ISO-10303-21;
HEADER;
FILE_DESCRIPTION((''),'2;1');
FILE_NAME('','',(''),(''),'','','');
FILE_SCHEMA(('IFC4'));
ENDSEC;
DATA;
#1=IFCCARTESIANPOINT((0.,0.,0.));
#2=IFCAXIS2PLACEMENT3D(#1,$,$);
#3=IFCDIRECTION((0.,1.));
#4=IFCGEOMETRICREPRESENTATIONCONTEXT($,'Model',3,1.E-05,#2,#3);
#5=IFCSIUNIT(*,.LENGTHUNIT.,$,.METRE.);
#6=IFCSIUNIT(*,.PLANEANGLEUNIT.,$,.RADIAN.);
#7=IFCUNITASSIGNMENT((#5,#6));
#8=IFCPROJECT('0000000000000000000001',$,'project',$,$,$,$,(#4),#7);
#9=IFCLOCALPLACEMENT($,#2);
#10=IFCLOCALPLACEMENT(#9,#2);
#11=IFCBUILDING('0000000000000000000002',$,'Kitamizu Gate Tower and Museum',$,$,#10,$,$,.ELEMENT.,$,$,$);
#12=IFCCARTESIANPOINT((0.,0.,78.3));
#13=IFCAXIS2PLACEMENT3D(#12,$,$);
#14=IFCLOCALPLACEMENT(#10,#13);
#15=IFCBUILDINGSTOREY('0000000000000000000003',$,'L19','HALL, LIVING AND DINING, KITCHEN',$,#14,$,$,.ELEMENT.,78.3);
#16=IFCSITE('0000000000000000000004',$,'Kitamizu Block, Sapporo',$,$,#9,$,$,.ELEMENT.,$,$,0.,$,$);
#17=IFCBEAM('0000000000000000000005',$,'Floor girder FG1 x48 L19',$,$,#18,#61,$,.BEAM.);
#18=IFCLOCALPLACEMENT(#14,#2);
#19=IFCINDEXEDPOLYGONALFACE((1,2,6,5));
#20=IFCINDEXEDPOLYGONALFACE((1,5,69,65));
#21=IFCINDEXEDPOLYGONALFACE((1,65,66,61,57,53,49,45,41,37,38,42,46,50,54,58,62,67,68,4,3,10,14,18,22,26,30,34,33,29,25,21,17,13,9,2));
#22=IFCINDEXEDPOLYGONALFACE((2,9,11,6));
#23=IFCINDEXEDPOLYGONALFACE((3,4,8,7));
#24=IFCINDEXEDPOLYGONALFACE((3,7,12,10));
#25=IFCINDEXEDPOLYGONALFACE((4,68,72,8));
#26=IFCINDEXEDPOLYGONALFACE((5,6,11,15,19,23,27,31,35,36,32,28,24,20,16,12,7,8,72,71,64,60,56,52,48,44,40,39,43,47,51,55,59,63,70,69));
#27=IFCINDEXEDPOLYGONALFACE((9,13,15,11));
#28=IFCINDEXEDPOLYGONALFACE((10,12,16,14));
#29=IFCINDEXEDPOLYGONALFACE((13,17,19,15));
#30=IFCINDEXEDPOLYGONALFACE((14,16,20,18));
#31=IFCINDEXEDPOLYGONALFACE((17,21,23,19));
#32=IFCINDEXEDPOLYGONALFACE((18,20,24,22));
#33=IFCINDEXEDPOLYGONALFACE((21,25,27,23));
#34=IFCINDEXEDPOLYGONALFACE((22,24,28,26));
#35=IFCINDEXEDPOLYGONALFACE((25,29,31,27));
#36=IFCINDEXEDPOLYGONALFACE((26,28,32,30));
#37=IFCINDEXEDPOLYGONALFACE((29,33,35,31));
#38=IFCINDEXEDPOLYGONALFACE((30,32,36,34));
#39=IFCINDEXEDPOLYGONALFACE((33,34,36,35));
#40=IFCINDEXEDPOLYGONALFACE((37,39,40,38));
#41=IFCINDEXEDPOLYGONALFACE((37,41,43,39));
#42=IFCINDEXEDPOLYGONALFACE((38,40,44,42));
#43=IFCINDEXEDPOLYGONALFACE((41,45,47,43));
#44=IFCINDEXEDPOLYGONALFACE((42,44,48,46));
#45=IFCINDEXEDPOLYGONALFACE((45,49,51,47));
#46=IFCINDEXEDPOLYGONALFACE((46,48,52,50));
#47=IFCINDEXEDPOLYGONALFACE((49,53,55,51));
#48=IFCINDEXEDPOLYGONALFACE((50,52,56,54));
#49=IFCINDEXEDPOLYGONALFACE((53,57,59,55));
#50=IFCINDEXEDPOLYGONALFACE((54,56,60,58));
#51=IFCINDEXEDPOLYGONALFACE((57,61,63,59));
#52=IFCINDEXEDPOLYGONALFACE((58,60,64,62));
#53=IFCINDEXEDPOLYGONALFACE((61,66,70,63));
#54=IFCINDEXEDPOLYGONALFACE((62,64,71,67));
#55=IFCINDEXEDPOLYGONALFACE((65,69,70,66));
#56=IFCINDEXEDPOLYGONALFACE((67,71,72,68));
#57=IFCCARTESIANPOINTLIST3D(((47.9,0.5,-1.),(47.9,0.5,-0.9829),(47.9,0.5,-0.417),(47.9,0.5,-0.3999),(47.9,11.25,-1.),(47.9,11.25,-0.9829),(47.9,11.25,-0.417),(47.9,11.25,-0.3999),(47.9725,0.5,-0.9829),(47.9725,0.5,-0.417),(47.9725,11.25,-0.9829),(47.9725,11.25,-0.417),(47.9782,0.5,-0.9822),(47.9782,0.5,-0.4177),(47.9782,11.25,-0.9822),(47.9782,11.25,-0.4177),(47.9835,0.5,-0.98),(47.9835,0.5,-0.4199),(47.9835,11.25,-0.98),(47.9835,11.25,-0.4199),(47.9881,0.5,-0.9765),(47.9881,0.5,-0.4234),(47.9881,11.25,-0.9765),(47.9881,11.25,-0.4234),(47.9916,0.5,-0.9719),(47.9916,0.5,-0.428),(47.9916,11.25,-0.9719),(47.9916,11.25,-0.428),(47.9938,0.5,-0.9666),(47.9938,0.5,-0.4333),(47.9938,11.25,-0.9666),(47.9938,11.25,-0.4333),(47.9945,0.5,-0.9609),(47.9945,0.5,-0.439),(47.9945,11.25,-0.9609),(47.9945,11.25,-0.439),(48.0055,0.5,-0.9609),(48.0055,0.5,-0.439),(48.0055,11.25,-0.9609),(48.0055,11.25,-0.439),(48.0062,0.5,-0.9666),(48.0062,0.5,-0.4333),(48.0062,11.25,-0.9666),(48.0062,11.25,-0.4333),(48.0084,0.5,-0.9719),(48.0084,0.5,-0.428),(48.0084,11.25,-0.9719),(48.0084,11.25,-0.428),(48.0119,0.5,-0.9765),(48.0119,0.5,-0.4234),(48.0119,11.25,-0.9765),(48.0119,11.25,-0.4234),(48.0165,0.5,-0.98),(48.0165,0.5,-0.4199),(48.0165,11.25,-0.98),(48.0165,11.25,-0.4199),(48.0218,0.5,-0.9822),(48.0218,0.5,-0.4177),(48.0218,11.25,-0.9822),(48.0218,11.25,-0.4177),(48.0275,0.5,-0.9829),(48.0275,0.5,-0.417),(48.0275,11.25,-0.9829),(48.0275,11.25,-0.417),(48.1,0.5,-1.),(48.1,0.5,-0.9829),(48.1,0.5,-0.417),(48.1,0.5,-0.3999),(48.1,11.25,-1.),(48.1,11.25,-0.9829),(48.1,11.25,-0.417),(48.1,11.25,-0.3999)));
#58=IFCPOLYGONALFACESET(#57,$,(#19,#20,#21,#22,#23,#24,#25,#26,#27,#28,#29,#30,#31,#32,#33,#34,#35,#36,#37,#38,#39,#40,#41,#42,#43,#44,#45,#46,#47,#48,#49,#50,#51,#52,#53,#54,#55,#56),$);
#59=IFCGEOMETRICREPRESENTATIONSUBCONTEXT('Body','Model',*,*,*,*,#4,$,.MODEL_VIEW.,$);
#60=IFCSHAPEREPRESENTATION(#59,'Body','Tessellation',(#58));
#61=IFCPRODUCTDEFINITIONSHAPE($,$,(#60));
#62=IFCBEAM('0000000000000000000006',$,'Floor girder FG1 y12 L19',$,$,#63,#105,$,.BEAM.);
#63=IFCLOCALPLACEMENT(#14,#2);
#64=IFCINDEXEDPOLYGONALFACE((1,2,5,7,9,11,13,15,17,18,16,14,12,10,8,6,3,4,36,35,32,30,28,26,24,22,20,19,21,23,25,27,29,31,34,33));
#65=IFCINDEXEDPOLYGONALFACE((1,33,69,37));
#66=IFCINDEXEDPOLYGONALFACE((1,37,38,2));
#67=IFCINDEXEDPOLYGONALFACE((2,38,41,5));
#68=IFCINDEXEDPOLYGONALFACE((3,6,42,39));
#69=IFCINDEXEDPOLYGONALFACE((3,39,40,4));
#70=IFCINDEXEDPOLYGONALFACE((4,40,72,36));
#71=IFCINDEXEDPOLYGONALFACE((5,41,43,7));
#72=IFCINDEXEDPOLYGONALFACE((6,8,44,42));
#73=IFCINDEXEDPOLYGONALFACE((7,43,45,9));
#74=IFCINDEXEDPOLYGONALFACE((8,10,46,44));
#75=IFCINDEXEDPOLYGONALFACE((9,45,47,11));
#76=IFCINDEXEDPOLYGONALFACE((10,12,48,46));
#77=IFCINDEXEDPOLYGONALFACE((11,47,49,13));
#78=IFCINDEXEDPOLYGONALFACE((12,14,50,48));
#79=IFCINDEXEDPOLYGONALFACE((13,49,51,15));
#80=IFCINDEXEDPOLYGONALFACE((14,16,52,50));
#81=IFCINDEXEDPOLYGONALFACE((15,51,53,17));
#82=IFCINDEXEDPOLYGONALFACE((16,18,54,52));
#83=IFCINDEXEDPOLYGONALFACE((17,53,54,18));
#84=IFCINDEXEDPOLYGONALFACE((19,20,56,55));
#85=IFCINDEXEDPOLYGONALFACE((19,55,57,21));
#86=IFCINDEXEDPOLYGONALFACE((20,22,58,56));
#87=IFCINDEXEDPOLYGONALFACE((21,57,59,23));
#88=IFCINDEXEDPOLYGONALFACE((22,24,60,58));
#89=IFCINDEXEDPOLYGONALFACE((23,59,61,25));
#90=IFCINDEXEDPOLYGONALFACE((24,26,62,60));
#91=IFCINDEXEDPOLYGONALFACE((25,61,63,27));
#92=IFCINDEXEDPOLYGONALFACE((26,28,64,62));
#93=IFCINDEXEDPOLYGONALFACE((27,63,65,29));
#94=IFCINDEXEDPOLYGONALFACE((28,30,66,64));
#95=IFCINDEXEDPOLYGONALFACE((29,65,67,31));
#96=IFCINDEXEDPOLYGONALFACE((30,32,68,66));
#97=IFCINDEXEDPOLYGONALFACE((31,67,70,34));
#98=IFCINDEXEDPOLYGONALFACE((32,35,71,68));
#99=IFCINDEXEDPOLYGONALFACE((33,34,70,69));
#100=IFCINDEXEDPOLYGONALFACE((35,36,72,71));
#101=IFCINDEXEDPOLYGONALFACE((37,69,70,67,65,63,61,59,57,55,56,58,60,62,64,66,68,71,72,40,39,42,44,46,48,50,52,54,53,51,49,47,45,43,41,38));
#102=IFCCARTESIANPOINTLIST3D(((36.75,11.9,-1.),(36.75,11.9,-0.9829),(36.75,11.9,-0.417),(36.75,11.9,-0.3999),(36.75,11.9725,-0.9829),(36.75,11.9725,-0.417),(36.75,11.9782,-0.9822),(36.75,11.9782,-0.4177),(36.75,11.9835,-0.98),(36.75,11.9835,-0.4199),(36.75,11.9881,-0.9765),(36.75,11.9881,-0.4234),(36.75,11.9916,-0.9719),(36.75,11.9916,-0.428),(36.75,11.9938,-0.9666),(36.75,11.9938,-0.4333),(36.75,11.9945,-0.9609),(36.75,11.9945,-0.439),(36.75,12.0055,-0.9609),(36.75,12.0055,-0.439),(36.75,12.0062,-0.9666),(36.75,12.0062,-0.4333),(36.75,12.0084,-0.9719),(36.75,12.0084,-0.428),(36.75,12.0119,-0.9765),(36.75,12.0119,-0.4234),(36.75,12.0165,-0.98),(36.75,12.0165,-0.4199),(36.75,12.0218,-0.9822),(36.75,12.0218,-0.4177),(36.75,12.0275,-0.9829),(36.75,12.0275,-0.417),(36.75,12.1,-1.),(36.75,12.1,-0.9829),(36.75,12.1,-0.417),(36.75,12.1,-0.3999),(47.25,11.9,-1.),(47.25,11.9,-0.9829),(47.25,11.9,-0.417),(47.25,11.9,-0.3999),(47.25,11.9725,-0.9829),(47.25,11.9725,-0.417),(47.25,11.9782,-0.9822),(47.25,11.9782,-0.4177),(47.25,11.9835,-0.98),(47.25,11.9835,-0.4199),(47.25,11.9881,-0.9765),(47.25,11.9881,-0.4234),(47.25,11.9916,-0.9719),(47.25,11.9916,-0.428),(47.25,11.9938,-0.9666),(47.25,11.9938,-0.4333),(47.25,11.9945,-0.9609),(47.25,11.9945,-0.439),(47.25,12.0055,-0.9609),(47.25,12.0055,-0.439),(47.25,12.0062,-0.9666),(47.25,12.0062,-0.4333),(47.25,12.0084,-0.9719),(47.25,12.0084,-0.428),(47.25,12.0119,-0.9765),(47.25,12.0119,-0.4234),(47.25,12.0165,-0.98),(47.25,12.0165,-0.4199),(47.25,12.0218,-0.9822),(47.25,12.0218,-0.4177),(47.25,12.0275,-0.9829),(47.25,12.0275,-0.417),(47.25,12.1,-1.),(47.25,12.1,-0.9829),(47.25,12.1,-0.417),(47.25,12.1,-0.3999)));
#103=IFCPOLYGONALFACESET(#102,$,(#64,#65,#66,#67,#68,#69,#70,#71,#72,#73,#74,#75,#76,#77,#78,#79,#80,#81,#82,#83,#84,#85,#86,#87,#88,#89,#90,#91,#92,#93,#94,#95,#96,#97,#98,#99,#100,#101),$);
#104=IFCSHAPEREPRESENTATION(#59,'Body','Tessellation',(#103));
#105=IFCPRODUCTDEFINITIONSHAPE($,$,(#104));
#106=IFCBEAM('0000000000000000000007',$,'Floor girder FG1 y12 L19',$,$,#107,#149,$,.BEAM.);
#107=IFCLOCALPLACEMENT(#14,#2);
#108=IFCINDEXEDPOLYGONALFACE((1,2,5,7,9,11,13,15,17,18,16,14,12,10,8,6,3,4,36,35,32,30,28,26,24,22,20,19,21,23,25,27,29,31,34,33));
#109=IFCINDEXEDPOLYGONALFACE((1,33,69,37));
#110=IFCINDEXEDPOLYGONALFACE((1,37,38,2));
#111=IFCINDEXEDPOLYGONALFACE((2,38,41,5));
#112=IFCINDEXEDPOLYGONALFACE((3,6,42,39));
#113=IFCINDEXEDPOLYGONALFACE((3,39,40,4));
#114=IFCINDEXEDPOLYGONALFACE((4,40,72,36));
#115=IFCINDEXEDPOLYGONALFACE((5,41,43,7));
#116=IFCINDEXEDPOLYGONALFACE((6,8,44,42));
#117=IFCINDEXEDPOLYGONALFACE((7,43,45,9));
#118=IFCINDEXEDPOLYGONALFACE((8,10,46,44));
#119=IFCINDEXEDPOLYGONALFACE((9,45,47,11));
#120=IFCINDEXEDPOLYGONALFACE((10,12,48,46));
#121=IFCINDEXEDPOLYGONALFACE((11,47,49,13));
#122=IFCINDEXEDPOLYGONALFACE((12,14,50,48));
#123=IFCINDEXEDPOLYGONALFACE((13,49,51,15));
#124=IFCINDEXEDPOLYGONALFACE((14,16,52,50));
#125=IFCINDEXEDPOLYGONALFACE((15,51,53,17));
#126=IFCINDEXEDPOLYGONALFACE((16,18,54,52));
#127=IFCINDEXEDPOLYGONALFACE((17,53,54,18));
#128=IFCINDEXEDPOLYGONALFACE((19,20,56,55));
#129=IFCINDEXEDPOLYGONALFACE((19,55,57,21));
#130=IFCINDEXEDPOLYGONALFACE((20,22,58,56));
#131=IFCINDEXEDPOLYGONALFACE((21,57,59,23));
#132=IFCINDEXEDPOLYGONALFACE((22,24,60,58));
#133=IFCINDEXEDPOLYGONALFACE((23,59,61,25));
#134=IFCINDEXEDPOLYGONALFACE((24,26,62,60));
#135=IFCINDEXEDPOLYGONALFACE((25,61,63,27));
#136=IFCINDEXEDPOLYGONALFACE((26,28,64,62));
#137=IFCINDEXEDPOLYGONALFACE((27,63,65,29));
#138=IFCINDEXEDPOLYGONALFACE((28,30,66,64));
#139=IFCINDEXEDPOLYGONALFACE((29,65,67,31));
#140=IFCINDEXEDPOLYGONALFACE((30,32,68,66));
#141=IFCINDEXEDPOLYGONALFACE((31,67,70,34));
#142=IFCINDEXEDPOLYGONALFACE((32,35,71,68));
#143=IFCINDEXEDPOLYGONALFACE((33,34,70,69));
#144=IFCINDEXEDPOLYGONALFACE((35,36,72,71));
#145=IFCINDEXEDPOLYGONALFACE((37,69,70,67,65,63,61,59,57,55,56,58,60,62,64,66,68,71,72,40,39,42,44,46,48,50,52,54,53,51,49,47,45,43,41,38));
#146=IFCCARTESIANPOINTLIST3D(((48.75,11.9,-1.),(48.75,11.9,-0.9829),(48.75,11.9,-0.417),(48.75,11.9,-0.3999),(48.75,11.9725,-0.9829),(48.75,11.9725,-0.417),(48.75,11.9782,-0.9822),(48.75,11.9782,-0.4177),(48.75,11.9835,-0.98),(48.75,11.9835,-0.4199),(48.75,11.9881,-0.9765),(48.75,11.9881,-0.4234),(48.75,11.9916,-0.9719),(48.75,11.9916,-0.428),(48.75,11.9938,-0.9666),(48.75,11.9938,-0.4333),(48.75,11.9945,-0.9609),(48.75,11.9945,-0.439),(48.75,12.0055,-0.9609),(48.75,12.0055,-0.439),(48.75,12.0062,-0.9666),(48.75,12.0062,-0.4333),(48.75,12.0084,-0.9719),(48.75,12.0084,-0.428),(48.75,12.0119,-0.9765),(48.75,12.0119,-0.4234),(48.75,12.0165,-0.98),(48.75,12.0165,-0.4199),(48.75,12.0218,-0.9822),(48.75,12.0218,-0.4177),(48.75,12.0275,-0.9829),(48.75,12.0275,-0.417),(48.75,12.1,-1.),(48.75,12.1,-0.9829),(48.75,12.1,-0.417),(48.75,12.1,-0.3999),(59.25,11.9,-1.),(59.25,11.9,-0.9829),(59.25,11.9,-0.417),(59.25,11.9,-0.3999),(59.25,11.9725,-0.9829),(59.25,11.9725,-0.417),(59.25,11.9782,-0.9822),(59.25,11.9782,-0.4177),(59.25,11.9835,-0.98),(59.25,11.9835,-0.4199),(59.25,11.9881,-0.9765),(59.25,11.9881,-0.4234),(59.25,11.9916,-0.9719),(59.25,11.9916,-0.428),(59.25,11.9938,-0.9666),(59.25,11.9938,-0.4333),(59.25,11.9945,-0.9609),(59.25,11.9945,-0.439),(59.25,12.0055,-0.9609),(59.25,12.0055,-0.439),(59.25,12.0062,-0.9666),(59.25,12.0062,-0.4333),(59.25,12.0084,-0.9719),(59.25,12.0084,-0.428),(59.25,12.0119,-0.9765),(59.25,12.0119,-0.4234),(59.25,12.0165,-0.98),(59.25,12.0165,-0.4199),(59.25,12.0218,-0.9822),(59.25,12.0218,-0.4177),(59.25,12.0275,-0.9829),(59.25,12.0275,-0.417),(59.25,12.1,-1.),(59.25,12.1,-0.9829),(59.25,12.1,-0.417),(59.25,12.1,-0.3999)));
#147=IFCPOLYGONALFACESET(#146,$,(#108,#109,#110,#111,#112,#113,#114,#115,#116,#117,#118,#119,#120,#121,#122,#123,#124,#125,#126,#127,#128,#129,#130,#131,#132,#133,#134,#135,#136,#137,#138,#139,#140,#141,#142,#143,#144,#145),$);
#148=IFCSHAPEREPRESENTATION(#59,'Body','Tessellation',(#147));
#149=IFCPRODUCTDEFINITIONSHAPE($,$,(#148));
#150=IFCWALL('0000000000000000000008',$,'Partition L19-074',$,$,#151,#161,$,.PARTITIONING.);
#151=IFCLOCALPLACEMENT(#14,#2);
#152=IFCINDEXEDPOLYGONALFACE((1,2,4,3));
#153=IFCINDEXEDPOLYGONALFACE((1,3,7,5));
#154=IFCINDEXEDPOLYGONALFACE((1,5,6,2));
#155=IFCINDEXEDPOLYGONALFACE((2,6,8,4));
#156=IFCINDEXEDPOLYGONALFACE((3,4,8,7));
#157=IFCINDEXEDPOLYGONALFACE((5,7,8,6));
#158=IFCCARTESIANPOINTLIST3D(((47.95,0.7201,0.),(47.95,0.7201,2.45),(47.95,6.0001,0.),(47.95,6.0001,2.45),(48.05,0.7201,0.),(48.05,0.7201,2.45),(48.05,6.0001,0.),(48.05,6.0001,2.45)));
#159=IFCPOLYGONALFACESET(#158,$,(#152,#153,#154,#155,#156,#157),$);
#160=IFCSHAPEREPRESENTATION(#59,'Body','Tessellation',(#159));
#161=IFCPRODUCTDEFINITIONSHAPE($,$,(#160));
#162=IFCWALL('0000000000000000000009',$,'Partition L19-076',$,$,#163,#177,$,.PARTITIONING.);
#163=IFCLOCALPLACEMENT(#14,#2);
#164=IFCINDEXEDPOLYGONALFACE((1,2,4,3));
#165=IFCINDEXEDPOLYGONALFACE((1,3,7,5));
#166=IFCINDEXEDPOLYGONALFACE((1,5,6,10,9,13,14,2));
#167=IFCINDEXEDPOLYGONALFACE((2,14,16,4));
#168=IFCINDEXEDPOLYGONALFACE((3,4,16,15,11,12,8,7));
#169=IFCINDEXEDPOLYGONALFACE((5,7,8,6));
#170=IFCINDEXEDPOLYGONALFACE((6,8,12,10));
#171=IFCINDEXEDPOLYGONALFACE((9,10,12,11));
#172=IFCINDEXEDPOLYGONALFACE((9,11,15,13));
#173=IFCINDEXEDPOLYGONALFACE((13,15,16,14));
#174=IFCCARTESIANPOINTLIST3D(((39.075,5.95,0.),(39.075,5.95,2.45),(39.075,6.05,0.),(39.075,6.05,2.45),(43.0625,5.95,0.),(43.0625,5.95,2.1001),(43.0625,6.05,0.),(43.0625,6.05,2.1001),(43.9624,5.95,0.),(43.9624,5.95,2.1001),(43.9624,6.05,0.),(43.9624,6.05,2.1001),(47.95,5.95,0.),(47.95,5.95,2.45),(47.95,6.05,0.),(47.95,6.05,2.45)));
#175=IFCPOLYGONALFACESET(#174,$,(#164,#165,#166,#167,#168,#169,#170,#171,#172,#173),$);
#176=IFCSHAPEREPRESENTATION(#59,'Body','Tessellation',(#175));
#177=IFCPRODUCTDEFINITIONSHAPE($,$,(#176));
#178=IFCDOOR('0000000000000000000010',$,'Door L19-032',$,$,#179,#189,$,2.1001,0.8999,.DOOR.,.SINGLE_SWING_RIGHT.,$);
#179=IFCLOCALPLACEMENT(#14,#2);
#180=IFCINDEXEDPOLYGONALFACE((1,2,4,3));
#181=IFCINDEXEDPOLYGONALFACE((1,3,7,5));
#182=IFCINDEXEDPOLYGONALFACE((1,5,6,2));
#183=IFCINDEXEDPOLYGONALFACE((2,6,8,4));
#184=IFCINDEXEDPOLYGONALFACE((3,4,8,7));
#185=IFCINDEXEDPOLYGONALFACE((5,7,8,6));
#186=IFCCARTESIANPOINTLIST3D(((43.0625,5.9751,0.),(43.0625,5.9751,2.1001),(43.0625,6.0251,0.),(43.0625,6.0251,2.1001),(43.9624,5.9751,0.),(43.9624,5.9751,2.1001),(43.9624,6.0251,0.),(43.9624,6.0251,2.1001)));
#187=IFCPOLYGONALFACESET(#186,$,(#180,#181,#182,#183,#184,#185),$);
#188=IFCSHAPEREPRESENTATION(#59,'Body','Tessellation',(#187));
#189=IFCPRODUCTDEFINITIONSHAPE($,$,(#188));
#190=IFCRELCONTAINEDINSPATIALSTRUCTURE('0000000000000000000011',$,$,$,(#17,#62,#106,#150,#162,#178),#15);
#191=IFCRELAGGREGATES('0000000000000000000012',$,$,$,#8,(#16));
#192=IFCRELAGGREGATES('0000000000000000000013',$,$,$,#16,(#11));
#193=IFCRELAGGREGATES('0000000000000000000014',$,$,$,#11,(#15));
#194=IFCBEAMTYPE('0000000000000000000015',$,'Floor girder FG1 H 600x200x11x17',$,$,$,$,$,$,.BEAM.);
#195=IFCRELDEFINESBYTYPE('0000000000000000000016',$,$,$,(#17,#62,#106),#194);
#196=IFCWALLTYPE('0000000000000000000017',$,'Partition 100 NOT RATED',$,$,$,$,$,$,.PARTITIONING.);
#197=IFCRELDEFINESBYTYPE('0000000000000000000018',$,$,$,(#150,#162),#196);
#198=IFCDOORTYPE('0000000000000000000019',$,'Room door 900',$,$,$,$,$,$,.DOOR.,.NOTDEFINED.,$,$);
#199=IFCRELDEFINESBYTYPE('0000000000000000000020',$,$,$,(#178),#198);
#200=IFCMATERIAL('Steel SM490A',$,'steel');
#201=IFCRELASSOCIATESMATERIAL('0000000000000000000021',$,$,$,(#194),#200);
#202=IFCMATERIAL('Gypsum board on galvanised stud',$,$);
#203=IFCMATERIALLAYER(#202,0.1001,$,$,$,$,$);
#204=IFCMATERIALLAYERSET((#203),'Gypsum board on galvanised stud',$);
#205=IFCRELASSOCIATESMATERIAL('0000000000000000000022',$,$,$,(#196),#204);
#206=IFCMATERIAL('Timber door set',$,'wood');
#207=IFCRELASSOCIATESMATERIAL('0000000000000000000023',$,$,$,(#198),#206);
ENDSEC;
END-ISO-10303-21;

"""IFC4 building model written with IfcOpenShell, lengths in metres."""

from ifc_helpers import new_model, si_unit, direction, frame, frame_2d, origin, origin_2d, place, context, subcontext, project, spatial, rectangle, i_section, extrude, material, layer, layer_set, material_profile, profile_set, type_object, element, fill, save


model = new_model("IFC4")

# Units and contexts
model_context = context("Model", 3, precision=1e-05, world=origin(), true_north=direction((0.0, 1.0)))
body_context = subcontext(model_context, "Body", "Model", "MODEL_VIEW")
ifc_project = project(units=[si_unit("LENGTHUNIT", "METRE"), si_unit("PLANEANGLEUNIT", "RADIAN")], contexts=[model_context])

# Site, building, storey
site_placement = place(None, origin())
site = spatial("IfcSite", under=ifc_project, at=site_placement, Name="Kitamizu Block, Sapporo", CompositionType="ELEMENT", RefElevation=0.0)
building_placement = place(site_placement, origin())
building = spatial("IfcBuilding", under=site, at=building_placement, Name="Kitamizu Gate Tower and Museum", CompositionType="ELEMENT")
storey_placement = place(building_placement, frame((0.0, 0.0, 78.3)))
storey = spatial("IfcBuildingStorey", under=building, at=storey_placement, Name="L19", Description="HALL, LIVING AND DINING, KITCHEN", CompositionType="ELEMENT", Elevation=78.3)

# Beams
ifc_material_1 = material(Name="Steel SM490A", Category="steel")
ifc_material_profile_1 = material_profile(ifc_material_1, i_section(OverallWidth=0.2, OverallDepth=0.6001, WebThickness=0.011, FlangeThickness=0.0171, FilletRadius=0.022, at=origin_2d()), Name="H-600x200x11x17")
ifc_profile_set_1 = profile_set([ifc_material_profile_1], Name="Steel SM490A")
beam_type_1 = type_object("IfcBeamType", Name="Floor girder FG1 H 600x200x11x17", PredefinedType="BEAM", material=ifc_profile_set_1)
beam_placement = place(storey_placement, frame((48.0, 0.5, -0.7), z_axis=(0.0, 1.0, 0.0), x_axis=(-1.0, 0.0, 0.0)))
element("IfcBeam", 1, at=beam_placement, inside=storey, type_object=beam_type_1, Name="Floor girder FG1 x48 L19", PredefinedType="BEAM", context=body_context, shape_type="SweptSolid", body=[
    extrude(i_section(OverallWidth=0.2, OverallDepth=0.6001, WebThickness=0.011, FlangeThickness=0.0171, FilletRadius=0.022, at=origin_2d()), origin(), (0.0, 0.0, 1.0), 10.75),
])
for number, where, z_axis, x_axis, name in (
    (2, (36.75, 12.0, -0.7), (1.0, 0.0, 0.0), (0.0, 1.0, 0.0), "Floor girder FG1 y12 L19"),
    (3, (48.75, 12.0, -0.7), (1.0, 0.0, 0.0), (0.0, 1.0, 0.0), "Floor girder FG1 y12 L19"),
):
    element("IfcBeam", number, at=place(storey_placement, frame(where, z_axis=z_axis, x_axis=x_axis)), inside=storey, type_object=beam_type_1, Name=name, PredefinedType="BEAM", context=body_context, shape_type="SweptSolid", body=[
        extrude(i_section(OverallWidth=0.2, OverallDepth=0.6001, WebThickness=0.011, FlangeThickness=0.0171, FilletRadius=0.022, at=origin_2d()), origin(), (0.0, 0.0, 1.0), 10.5),
    ])

# Wall
ifc_material_2 = material(Name="Gypsum board on galvanised stud")
ifc_layer_1 = layer(ifc_material_2, 0.1001)
ifc_layer_set_1 = layer_set([ifc_layer_1], Name="Gypsum board on galvanised stud")
wall_type_1 = type_object("IfcWallType", Name="Partition 100 NOT RATED", PredefinedType="PARTITIONING", material=ifc_layer_set_1)
wall_1_placement = place(storey_placement, frame((48.0, 0.72, 0.0), z_axis=(0.0, 0.0, 1.0), x_axis=(0.0, 1.0, 0.0)))
element("IfcWall", 4, at=wall_1_placement, inside=storey, type_object=wall_type_1, Name="Partition L19-074", PredefinedType="PARTITIONING", context=body_context, shape_type="SweptSolid", body=[
    extrude(rectangle(XDim=5.28, YDim=0.1001, at=frame_2d((2.6401, 0.0))), origin(), (0.0, 0.0, 1.0), 2.45),
])

# Wall, opening, door
wall_2_placement = place(storey_placement, frame((47.95, 6.0, 0.0), z_axis=(0.0, 0.0, 1.0), x_axis=(-1.0, 0.0, 0.0)))
wall_2 = element("IfcWall", 5, at=wall_2_placement, inside=storey, type_object=wall_type_1, Name="Partition L19-076", PredefinedType="PARTITIONING", context=body_context, shape_type="SweptSolid", body=[
    extrude(rectangle(XDim=8.875, YDim=0.1001, at=frame_2d((4.4375, 0.0))), origin(), (0.0, 0.0, 1.0), 2.45),
])
opening_1_placement = place(wall_2_placement, frame((3.9875, 0.0, 0.0)))
opening_1 = element("IfcOpeningElement", 6, at=opening_1_placement, cuts=wall_2, PredefinedType="OPENING", context=body_context, shape_type="SweptSolid", body=[
    extrude(rectangle(XDim=0.8999, YDim=2.1001, at=frame_2d((0.45, 1.05))), frame((0.0, 0.0601, 0.0), z_axis=(0.0, -1.0, 0.0), x_axis=(1.0, 0.0, 0.0)), (0.0, 0.0, 1.0), 0.1201),
])
ifc_material_3 = material(Name="Timber door set", Category="wood")
door_type_1 = type_object("IfcDoorType", Name="Room door 900", OperationType="NOTDEFINED", PredefinedType="DOOR", material=ifc_material_3)
door_1_placement = place(opening_1_placement, origin())
door_1 = element("IfcDoor", 7, at=door_1_placement, inside=storey, type_object=door_type_1, Name="Door L19-032", OperationType="SINGLE_SWING_RIGHT", OverallHeight=2.1001, OverallWidth=0.8999, PredefinedType="DOOR", context=body_context, shape_type="SweptSolid", body=[
    extrude(rectangle(XDim=0.8999, YDim=2.1001, at=frame_2d((0.45, 1.05))), frame((0.0, 0.0249, 0.0), z_axis=(0.0, -1.0, 0.0), x_axis=(1.0, 0.0, 0.0)), (0.0, 0.0, 1.0), 0.05),
])
fill(opening_1, door_1)

save(model, "model.ifc")
